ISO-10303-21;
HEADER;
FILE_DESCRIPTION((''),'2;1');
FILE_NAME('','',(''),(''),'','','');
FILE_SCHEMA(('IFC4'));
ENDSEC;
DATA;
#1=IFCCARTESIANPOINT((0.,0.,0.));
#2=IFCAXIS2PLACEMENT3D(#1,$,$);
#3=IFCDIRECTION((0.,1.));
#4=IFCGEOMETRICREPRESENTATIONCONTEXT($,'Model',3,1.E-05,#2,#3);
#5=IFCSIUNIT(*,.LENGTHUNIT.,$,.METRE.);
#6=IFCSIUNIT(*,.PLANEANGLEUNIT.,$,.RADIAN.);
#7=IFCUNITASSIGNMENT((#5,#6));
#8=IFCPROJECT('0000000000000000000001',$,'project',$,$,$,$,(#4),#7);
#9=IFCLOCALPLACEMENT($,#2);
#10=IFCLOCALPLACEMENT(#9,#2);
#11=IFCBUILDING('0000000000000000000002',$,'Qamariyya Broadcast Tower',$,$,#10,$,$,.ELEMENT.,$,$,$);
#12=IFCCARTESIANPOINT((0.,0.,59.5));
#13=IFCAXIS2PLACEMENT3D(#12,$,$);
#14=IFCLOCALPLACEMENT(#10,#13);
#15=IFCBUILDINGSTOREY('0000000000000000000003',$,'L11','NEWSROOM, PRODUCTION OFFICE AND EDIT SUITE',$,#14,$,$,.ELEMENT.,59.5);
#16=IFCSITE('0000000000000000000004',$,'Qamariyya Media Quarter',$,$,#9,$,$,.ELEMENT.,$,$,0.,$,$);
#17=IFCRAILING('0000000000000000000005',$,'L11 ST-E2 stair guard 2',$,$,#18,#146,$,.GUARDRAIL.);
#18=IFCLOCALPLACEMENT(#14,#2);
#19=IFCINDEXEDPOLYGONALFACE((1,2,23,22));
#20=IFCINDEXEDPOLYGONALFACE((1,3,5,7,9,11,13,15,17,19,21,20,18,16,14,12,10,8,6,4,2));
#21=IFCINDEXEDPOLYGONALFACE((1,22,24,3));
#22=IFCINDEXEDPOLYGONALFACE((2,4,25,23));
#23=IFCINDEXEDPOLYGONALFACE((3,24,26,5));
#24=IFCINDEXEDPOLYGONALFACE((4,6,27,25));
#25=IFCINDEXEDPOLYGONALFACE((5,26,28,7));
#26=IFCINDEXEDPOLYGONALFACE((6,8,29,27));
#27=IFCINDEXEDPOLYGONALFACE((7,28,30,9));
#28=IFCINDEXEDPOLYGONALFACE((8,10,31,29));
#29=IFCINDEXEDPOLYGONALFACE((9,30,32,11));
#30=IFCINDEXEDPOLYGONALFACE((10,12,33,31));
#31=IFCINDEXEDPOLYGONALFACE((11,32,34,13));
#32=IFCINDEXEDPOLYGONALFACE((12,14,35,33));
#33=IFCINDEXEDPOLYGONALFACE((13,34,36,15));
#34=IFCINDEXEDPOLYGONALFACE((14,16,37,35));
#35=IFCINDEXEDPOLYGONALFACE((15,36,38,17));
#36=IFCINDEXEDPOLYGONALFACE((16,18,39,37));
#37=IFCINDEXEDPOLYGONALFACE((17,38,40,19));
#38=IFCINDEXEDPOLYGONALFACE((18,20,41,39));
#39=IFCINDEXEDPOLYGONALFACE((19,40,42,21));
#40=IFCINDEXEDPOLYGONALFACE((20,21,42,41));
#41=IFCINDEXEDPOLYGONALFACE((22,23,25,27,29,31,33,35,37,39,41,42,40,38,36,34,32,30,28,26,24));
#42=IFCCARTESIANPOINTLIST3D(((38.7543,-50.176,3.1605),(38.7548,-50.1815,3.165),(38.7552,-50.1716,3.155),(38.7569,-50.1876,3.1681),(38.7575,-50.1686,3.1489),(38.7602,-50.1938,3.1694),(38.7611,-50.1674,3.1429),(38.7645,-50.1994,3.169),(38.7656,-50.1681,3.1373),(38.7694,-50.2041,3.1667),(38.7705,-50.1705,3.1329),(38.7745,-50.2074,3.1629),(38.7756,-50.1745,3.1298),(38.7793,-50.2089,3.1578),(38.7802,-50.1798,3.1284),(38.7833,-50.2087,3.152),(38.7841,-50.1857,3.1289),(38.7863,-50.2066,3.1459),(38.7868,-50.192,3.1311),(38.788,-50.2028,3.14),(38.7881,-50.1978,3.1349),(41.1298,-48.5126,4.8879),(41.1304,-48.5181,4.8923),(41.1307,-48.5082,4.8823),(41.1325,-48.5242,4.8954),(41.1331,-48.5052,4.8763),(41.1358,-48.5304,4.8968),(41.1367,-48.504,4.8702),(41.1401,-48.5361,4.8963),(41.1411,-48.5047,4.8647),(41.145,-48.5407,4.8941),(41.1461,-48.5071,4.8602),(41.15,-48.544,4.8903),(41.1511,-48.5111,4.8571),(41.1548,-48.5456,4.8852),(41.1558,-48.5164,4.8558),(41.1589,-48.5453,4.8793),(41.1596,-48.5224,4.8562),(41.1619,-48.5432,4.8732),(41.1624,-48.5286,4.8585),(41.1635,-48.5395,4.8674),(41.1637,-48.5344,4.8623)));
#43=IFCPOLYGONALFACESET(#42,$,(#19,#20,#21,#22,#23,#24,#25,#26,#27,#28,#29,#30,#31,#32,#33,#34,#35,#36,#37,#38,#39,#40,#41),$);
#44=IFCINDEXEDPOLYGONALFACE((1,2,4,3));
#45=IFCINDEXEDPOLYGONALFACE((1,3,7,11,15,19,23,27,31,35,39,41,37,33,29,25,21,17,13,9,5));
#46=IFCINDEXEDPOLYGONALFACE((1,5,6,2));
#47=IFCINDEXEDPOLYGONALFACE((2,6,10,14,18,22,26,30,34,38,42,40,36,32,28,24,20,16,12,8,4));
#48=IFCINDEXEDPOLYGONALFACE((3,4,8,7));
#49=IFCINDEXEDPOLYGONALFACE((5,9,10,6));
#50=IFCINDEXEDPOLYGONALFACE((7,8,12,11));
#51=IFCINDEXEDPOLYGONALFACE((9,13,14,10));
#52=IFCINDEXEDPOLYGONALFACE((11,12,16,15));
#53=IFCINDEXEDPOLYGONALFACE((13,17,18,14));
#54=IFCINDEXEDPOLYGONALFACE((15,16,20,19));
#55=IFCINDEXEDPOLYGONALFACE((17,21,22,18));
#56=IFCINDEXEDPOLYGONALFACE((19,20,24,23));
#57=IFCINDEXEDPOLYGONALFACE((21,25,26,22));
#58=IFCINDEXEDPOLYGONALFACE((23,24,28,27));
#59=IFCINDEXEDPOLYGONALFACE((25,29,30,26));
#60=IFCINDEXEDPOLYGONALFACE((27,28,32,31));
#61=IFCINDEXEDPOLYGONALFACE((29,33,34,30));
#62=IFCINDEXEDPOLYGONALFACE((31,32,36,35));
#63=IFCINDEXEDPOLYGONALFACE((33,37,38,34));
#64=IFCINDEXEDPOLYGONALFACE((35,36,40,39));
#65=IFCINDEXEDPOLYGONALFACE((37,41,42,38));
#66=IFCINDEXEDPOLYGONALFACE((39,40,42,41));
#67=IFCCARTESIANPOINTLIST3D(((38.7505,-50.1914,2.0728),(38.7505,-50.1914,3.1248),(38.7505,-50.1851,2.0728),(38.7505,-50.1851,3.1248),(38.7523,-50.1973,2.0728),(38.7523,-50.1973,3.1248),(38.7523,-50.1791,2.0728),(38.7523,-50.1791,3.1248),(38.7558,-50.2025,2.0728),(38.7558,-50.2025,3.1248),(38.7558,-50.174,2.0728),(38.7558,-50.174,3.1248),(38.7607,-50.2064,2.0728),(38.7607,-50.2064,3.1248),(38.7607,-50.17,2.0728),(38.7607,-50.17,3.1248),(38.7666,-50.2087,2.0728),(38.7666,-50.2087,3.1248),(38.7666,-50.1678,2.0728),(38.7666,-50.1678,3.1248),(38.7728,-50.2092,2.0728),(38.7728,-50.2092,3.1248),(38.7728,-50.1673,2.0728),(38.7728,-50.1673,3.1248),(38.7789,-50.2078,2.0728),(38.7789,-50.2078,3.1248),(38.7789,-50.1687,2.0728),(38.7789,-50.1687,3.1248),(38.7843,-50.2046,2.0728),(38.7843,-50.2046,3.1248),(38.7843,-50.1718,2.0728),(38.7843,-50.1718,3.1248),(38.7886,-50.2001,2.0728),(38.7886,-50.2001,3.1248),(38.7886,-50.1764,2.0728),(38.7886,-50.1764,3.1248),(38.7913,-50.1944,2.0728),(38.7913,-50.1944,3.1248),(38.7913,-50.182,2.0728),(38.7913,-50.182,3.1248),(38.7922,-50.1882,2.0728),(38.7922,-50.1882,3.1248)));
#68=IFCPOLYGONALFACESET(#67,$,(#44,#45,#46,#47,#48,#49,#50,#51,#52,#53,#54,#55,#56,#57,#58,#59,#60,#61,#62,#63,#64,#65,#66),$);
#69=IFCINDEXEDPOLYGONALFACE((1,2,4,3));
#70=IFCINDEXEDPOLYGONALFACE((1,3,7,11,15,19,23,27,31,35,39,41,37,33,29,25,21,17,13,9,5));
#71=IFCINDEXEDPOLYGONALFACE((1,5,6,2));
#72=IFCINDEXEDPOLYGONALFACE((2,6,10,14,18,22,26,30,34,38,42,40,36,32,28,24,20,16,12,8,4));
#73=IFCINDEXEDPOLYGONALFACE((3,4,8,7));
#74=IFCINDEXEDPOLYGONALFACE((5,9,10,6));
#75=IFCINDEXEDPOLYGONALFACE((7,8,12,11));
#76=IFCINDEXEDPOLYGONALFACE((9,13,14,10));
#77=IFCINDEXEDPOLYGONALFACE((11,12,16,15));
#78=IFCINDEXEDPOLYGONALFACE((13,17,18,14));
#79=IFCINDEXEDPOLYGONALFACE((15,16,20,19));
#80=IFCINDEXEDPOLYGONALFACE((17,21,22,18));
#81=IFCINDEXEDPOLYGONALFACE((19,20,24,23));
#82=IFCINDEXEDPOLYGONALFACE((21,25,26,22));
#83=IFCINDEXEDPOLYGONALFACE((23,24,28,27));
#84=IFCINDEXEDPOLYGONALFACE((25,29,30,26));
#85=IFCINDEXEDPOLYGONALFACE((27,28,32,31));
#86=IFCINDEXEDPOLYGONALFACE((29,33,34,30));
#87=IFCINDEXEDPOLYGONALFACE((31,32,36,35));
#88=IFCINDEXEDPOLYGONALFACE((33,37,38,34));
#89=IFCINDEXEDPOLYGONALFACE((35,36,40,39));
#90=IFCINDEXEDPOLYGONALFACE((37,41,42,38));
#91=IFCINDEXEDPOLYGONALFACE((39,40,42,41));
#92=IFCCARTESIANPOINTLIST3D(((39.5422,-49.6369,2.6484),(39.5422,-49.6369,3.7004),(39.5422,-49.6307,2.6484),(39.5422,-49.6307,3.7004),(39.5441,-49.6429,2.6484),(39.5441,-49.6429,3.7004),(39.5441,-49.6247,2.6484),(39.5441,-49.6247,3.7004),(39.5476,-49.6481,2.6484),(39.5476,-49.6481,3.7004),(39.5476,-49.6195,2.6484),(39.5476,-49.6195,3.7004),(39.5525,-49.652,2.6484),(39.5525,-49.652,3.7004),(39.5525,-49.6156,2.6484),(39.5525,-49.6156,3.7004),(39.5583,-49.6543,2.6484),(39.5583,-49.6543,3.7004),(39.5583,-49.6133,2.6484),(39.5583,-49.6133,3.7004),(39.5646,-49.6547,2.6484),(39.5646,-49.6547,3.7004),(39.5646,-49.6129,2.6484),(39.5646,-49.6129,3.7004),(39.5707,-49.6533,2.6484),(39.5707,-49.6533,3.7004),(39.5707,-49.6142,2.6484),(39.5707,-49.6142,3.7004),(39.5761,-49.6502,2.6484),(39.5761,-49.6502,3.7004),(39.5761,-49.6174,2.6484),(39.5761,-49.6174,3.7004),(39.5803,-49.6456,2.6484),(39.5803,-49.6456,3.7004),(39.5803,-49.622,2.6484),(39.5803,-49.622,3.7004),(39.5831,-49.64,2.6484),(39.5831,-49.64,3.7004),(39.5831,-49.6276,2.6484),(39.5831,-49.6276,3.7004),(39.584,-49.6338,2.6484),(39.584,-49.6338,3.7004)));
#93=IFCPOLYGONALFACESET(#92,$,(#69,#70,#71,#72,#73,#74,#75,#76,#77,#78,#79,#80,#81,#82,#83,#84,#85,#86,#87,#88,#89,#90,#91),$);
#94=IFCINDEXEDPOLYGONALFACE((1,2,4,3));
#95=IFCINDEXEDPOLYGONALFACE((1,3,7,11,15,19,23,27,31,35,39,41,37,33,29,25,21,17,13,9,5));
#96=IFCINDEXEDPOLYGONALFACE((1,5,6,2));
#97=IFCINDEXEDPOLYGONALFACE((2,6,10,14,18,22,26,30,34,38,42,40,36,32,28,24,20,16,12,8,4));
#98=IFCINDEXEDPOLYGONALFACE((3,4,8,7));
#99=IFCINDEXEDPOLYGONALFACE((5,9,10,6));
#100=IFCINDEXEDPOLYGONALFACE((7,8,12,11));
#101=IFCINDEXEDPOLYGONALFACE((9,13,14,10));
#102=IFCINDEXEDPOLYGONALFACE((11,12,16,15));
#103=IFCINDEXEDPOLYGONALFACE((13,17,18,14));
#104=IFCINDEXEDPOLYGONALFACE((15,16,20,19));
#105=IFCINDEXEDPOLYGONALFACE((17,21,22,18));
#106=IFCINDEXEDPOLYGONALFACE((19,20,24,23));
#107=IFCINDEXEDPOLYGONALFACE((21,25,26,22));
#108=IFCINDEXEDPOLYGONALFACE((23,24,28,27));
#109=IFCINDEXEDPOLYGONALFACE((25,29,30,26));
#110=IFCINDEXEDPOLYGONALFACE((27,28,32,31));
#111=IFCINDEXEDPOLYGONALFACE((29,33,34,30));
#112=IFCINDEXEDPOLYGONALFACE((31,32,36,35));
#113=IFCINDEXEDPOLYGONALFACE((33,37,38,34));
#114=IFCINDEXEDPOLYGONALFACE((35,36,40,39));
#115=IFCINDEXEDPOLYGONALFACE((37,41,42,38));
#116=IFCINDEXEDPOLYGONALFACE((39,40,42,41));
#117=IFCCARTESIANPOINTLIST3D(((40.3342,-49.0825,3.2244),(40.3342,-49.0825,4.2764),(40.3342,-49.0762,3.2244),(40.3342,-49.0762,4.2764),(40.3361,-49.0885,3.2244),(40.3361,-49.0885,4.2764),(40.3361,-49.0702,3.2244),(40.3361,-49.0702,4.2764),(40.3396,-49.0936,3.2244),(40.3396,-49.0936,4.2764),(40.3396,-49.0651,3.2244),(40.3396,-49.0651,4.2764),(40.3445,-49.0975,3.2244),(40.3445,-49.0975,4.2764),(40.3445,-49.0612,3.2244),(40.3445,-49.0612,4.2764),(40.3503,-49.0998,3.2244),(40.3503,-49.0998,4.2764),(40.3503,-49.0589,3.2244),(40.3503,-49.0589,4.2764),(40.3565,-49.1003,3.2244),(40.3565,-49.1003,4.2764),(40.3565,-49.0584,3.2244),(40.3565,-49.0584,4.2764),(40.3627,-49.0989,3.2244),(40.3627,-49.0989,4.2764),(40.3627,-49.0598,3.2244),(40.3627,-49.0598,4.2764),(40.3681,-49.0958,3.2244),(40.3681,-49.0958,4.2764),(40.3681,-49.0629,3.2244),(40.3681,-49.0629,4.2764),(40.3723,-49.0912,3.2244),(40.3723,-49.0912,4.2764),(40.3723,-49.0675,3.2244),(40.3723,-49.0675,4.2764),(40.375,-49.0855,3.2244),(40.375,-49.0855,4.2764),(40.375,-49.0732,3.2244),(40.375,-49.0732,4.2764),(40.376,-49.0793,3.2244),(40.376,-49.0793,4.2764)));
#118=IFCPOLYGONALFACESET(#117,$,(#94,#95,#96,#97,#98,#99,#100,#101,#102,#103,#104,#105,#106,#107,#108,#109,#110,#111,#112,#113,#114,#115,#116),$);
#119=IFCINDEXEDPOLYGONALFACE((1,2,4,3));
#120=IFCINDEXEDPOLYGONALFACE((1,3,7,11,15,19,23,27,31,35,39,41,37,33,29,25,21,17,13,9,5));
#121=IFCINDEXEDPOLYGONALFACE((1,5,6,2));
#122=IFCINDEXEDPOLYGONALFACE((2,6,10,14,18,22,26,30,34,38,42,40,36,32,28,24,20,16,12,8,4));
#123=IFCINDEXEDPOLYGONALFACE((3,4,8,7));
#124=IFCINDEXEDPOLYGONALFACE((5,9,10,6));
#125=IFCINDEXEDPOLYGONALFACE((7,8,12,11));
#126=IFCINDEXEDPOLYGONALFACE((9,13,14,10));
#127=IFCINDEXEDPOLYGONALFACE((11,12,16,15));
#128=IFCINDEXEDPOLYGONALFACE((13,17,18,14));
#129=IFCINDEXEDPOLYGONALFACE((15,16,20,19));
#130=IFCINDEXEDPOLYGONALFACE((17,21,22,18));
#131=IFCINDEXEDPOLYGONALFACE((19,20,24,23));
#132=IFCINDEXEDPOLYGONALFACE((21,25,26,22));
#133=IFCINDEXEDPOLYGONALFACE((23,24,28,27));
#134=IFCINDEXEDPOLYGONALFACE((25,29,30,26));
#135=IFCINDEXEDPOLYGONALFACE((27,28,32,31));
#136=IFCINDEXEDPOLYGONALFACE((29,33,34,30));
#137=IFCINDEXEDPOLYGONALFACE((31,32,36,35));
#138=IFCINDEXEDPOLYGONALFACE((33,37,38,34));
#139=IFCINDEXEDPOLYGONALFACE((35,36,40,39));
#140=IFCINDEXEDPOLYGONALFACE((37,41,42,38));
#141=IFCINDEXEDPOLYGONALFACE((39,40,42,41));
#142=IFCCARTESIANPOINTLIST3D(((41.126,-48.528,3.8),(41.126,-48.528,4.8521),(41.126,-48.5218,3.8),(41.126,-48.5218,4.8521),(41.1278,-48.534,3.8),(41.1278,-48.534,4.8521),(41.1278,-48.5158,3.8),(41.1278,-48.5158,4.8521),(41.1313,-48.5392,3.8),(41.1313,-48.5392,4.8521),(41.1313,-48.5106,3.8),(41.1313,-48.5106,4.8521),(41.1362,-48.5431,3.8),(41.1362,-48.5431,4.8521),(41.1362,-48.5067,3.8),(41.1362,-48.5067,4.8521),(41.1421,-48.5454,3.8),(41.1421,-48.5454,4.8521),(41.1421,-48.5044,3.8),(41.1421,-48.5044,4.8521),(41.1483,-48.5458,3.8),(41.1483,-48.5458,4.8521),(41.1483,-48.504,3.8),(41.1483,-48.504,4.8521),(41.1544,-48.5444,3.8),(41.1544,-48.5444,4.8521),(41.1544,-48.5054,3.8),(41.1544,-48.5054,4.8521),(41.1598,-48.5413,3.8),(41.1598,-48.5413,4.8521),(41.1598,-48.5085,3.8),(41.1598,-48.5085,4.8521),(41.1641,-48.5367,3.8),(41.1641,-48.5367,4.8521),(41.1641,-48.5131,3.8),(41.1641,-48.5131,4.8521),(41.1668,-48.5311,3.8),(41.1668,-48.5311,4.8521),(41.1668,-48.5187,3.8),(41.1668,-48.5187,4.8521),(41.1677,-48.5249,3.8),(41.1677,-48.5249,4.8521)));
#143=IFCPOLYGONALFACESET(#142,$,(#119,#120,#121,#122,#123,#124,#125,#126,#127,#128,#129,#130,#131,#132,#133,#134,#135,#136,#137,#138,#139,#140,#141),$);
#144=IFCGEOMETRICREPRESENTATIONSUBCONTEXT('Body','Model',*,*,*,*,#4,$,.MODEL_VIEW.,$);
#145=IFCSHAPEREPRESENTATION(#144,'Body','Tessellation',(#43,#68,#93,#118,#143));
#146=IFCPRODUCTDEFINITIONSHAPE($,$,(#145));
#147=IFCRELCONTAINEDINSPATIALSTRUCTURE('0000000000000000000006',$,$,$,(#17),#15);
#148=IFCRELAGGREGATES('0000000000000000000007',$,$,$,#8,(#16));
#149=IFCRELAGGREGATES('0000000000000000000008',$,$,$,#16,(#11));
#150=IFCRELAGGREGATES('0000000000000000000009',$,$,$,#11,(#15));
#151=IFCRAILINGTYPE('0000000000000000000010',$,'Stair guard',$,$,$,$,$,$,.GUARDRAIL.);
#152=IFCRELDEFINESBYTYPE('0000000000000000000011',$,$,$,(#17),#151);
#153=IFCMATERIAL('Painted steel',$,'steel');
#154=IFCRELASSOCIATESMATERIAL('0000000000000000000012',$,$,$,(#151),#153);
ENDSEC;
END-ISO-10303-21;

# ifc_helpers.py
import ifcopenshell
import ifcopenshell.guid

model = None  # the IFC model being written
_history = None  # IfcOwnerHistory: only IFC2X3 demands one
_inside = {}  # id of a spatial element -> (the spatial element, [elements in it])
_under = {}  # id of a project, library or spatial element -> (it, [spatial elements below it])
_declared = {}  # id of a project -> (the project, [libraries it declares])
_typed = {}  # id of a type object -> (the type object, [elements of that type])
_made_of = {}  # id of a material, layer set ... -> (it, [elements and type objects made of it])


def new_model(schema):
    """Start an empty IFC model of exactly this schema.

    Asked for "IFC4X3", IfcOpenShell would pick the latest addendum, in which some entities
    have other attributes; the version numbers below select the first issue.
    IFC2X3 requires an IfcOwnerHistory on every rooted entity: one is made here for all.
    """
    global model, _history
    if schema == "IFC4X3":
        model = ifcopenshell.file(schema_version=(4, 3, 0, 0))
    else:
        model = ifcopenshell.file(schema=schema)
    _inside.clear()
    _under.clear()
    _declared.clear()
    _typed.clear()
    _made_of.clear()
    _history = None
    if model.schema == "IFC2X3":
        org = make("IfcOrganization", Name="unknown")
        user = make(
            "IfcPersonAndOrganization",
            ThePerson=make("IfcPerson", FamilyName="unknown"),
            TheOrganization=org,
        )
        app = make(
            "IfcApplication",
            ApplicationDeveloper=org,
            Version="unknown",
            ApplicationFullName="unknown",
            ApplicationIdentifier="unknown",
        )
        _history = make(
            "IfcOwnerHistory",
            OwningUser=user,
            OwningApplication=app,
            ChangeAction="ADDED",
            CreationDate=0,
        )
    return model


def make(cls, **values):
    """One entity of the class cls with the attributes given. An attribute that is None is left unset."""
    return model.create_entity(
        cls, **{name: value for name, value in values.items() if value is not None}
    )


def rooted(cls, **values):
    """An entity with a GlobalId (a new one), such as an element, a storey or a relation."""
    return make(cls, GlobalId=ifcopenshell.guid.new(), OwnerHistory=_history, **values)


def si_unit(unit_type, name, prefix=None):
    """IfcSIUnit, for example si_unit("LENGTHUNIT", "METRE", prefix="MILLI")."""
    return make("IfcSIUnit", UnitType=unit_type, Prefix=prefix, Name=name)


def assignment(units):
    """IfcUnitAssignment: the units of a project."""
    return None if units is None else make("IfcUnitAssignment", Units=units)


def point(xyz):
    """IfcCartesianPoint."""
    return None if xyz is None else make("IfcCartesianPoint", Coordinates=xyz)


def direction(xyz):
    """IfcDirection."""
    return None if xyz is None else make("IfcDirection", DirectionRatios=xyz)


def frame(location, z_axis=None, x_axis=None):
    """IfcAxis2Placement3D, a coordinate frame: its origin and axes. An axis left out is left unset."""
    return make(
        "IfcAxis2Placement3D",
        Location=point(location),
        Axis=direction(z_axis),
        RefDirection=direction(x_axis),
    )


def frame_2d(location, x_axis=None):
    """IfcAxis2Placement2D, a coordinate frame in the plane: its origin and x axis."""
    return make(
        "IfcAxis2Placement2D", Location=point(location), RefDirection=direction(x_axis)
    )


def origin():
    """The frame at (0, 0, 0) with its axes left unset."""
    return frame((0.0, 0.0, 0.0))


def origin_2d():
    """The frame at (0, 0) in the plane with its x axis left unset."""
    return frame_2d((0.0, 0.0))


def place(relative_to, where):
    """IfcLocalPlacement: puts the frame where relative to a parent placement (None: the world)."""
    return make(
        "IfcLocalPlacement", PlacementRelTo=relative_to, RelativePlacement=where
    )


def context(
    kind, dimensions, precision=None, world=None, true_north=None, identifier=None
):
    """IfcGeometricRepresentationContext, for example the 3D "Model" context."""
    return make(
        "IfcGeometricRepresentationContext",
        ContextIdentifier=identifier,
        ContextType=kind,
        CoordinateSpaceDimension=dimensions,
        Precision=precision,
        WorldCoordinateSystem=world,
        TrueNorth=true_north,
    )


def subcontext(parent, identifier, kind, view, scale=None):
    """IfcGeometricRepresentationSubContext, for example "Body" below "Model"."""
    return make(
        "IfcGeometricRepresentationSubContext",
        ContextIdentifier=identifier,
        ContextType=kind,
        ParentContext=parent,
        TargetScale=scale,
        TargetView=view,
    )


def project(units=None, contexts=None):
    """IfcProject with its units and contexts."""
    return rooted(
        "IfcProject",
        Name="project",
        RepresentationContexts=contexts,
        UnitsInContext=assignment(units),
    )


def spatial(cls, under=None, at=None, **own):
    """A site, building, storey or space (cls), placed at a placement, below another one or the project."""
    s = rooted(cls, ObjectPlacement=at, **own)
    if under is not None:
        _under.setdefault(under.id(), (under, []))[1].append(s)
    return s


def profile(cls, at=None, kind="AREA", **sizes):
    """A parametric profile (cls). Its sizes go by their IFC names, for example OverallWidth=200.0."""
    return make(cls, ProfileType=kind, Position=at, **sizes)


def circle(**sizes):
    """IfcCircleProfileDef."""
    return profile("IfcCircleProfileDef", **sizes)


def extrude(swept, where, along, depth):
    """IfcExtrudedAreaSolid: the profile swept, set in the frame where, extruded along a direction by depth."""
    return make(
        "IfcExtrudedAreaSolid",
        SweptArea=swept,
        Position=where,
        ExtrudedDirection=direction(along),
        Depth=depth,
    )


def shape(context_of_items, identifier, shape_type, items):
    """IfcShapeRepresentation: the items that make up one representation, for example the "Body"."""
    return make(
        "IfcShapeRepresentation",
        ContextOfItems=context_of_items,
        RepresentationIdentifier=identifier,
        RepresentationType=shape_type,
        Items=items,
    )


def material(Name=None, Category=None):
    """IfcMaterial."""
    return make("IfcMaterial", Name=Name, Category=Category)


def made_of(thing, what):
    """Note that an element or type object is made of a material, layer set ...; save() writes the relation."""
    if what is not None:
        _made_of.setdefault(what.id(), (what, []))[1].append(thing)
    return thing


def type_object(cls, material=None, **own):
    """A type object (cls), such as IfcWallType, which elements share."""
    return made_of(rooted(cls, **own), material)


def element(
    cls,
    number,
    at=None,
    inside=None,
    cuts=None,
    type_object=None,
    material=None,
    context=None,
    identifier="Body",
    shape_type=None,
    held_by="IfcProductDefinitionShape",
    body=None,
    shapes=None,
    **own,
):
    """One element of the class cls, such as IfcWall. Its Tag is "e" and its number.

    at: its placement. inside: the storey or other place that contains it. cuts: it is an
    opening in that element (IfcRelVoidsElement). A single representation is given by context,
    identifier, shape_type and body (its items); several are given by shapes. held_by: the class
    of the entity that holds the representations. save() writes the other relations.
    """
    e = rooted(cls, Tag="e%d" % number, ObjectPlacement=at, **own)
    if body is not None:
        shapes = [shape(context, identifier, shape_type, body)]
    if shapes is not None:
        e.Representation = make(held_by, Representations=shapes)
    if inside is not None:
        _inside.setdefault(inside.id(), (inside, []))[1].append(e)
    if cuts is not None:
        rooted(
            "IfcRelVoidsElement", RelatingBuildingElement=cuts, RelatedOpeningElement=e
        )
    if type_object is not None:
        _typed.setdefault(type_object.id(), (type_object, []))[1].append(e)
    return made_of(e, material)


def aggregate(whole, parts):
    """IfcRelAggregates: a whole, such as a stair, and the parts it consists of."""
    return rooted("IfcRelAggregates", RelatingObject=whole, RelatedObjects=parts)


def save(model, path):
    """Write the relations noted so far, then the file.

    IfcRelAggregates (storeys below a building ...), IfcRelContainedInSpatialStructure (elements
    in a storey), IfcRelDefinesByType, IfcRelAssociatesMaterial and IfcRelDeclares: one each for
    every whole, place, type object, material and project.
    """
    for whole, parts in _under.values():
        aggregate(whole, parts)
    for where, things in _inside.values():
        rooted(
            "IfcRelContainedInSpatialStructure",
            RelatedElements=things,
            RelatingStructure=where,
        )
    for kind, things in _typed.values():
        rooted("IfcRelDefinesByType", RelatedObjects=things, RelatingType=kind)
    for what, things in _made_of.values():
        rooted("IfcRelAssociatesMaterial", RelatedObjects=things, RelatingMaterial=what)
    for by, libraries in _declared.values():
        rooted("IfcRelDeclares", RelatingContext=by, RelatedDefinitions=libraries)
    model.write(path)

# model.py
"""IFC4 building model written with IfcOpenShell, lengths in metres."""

from ifc_helpers import new_model, si_unit, direction, frame, origin, origin_2d, place, context, subcontext, project, spatial, circle, extrude, material, type_object, element, save


model = new_model("IFC4")

# Units and contexts
model_context = context("Model", 3, precision=1e-05, world=origin(), true_north=direction((0.0, 1.0)))
body_context = subcontext(model_context, "Body", "Model", "MODEL_VIEW")
ifc_project = project(units=[si_unit("LENGTHUNIT", "METRE"), si_unit("PLANEANGLEUNIT", "RADIAN")], contexts=[model_context])

# Site, building, storey
site_placement = place(None, origin())
site = spatial("IfcSite", under=ifc_project, at=site_placement, Name="Qamariyya Media Quarter", CompositionType="ELEMENT", RefElevation=0.0)
building_placement = place(site_placement, origin())
building = spatial("IfcBuilding", under=site, at=building_placement, Name="Qamariyya Broadcast Tower", CompositionType="ELEMENT")
storey_placement = place(building_placement, frame((0.0, 0.0, 59.5)))
storey = spatial("IfcBuildingStorey", under=building, at=storey_placement, Name="L11", Description="NEWSROOM, PRODUCTION OFFICE AND EDIT SUITE", CompositionType="ELEMENT", Elevation=59.5)

# Railing
ifc_material_1 = material(Name="Painted steel", Category="steel")
railing_type_1 = type_object("IfcRailingType", Name="Stair guard", PredefinedType="GUARDRAIL", material=ifc_material_1)
railing_1_placement = place(storey_placement, frame((38.7712, -50.1882, 2.0728)))
element("IfcRailing", 1, at=railing_1_placement, inside=storey, type_object=railing_type_1, Name="L11 ST-E2 stair guard 2", PredefinedType="GUARDRAIL", context=body_context, shape_type="SweptSolid", body=[
    extrude(circle(Radius=0.0239, at=origin_2d()), frame((0.0, 0.0, 1.0762), z_axis=(0.70377, 0.492784, 0.511734), x_axis=(-0.573575, 0.819153, 0.0)), (0.0, 0.0, 1.0), 3.3755),
    extrude(circle(Radius=0.021, at=origin_2d()), origin(), (0.0, 0.0, 1.0), 1.052),
    extrude(circle(Radius=0.021, at=origin_2d()), frame((0.7917, 0.5544, 0.5757)), (0.0, 0.0, 1.0), 1.052),
    extrude(circle(Radius=0.021, at=origin_2d()), frame((1.5837, 1.1089, 1.1516)), (0.0, 0.0, 1.0), 1.052),
    extrude(circle(Radius=0.021, at=origin_2d()), frame((2.3755, 1.6633, 1.7273)), (0.0, 0.0, 1.0), 1.052),
])

save(model, "model.ifc")
